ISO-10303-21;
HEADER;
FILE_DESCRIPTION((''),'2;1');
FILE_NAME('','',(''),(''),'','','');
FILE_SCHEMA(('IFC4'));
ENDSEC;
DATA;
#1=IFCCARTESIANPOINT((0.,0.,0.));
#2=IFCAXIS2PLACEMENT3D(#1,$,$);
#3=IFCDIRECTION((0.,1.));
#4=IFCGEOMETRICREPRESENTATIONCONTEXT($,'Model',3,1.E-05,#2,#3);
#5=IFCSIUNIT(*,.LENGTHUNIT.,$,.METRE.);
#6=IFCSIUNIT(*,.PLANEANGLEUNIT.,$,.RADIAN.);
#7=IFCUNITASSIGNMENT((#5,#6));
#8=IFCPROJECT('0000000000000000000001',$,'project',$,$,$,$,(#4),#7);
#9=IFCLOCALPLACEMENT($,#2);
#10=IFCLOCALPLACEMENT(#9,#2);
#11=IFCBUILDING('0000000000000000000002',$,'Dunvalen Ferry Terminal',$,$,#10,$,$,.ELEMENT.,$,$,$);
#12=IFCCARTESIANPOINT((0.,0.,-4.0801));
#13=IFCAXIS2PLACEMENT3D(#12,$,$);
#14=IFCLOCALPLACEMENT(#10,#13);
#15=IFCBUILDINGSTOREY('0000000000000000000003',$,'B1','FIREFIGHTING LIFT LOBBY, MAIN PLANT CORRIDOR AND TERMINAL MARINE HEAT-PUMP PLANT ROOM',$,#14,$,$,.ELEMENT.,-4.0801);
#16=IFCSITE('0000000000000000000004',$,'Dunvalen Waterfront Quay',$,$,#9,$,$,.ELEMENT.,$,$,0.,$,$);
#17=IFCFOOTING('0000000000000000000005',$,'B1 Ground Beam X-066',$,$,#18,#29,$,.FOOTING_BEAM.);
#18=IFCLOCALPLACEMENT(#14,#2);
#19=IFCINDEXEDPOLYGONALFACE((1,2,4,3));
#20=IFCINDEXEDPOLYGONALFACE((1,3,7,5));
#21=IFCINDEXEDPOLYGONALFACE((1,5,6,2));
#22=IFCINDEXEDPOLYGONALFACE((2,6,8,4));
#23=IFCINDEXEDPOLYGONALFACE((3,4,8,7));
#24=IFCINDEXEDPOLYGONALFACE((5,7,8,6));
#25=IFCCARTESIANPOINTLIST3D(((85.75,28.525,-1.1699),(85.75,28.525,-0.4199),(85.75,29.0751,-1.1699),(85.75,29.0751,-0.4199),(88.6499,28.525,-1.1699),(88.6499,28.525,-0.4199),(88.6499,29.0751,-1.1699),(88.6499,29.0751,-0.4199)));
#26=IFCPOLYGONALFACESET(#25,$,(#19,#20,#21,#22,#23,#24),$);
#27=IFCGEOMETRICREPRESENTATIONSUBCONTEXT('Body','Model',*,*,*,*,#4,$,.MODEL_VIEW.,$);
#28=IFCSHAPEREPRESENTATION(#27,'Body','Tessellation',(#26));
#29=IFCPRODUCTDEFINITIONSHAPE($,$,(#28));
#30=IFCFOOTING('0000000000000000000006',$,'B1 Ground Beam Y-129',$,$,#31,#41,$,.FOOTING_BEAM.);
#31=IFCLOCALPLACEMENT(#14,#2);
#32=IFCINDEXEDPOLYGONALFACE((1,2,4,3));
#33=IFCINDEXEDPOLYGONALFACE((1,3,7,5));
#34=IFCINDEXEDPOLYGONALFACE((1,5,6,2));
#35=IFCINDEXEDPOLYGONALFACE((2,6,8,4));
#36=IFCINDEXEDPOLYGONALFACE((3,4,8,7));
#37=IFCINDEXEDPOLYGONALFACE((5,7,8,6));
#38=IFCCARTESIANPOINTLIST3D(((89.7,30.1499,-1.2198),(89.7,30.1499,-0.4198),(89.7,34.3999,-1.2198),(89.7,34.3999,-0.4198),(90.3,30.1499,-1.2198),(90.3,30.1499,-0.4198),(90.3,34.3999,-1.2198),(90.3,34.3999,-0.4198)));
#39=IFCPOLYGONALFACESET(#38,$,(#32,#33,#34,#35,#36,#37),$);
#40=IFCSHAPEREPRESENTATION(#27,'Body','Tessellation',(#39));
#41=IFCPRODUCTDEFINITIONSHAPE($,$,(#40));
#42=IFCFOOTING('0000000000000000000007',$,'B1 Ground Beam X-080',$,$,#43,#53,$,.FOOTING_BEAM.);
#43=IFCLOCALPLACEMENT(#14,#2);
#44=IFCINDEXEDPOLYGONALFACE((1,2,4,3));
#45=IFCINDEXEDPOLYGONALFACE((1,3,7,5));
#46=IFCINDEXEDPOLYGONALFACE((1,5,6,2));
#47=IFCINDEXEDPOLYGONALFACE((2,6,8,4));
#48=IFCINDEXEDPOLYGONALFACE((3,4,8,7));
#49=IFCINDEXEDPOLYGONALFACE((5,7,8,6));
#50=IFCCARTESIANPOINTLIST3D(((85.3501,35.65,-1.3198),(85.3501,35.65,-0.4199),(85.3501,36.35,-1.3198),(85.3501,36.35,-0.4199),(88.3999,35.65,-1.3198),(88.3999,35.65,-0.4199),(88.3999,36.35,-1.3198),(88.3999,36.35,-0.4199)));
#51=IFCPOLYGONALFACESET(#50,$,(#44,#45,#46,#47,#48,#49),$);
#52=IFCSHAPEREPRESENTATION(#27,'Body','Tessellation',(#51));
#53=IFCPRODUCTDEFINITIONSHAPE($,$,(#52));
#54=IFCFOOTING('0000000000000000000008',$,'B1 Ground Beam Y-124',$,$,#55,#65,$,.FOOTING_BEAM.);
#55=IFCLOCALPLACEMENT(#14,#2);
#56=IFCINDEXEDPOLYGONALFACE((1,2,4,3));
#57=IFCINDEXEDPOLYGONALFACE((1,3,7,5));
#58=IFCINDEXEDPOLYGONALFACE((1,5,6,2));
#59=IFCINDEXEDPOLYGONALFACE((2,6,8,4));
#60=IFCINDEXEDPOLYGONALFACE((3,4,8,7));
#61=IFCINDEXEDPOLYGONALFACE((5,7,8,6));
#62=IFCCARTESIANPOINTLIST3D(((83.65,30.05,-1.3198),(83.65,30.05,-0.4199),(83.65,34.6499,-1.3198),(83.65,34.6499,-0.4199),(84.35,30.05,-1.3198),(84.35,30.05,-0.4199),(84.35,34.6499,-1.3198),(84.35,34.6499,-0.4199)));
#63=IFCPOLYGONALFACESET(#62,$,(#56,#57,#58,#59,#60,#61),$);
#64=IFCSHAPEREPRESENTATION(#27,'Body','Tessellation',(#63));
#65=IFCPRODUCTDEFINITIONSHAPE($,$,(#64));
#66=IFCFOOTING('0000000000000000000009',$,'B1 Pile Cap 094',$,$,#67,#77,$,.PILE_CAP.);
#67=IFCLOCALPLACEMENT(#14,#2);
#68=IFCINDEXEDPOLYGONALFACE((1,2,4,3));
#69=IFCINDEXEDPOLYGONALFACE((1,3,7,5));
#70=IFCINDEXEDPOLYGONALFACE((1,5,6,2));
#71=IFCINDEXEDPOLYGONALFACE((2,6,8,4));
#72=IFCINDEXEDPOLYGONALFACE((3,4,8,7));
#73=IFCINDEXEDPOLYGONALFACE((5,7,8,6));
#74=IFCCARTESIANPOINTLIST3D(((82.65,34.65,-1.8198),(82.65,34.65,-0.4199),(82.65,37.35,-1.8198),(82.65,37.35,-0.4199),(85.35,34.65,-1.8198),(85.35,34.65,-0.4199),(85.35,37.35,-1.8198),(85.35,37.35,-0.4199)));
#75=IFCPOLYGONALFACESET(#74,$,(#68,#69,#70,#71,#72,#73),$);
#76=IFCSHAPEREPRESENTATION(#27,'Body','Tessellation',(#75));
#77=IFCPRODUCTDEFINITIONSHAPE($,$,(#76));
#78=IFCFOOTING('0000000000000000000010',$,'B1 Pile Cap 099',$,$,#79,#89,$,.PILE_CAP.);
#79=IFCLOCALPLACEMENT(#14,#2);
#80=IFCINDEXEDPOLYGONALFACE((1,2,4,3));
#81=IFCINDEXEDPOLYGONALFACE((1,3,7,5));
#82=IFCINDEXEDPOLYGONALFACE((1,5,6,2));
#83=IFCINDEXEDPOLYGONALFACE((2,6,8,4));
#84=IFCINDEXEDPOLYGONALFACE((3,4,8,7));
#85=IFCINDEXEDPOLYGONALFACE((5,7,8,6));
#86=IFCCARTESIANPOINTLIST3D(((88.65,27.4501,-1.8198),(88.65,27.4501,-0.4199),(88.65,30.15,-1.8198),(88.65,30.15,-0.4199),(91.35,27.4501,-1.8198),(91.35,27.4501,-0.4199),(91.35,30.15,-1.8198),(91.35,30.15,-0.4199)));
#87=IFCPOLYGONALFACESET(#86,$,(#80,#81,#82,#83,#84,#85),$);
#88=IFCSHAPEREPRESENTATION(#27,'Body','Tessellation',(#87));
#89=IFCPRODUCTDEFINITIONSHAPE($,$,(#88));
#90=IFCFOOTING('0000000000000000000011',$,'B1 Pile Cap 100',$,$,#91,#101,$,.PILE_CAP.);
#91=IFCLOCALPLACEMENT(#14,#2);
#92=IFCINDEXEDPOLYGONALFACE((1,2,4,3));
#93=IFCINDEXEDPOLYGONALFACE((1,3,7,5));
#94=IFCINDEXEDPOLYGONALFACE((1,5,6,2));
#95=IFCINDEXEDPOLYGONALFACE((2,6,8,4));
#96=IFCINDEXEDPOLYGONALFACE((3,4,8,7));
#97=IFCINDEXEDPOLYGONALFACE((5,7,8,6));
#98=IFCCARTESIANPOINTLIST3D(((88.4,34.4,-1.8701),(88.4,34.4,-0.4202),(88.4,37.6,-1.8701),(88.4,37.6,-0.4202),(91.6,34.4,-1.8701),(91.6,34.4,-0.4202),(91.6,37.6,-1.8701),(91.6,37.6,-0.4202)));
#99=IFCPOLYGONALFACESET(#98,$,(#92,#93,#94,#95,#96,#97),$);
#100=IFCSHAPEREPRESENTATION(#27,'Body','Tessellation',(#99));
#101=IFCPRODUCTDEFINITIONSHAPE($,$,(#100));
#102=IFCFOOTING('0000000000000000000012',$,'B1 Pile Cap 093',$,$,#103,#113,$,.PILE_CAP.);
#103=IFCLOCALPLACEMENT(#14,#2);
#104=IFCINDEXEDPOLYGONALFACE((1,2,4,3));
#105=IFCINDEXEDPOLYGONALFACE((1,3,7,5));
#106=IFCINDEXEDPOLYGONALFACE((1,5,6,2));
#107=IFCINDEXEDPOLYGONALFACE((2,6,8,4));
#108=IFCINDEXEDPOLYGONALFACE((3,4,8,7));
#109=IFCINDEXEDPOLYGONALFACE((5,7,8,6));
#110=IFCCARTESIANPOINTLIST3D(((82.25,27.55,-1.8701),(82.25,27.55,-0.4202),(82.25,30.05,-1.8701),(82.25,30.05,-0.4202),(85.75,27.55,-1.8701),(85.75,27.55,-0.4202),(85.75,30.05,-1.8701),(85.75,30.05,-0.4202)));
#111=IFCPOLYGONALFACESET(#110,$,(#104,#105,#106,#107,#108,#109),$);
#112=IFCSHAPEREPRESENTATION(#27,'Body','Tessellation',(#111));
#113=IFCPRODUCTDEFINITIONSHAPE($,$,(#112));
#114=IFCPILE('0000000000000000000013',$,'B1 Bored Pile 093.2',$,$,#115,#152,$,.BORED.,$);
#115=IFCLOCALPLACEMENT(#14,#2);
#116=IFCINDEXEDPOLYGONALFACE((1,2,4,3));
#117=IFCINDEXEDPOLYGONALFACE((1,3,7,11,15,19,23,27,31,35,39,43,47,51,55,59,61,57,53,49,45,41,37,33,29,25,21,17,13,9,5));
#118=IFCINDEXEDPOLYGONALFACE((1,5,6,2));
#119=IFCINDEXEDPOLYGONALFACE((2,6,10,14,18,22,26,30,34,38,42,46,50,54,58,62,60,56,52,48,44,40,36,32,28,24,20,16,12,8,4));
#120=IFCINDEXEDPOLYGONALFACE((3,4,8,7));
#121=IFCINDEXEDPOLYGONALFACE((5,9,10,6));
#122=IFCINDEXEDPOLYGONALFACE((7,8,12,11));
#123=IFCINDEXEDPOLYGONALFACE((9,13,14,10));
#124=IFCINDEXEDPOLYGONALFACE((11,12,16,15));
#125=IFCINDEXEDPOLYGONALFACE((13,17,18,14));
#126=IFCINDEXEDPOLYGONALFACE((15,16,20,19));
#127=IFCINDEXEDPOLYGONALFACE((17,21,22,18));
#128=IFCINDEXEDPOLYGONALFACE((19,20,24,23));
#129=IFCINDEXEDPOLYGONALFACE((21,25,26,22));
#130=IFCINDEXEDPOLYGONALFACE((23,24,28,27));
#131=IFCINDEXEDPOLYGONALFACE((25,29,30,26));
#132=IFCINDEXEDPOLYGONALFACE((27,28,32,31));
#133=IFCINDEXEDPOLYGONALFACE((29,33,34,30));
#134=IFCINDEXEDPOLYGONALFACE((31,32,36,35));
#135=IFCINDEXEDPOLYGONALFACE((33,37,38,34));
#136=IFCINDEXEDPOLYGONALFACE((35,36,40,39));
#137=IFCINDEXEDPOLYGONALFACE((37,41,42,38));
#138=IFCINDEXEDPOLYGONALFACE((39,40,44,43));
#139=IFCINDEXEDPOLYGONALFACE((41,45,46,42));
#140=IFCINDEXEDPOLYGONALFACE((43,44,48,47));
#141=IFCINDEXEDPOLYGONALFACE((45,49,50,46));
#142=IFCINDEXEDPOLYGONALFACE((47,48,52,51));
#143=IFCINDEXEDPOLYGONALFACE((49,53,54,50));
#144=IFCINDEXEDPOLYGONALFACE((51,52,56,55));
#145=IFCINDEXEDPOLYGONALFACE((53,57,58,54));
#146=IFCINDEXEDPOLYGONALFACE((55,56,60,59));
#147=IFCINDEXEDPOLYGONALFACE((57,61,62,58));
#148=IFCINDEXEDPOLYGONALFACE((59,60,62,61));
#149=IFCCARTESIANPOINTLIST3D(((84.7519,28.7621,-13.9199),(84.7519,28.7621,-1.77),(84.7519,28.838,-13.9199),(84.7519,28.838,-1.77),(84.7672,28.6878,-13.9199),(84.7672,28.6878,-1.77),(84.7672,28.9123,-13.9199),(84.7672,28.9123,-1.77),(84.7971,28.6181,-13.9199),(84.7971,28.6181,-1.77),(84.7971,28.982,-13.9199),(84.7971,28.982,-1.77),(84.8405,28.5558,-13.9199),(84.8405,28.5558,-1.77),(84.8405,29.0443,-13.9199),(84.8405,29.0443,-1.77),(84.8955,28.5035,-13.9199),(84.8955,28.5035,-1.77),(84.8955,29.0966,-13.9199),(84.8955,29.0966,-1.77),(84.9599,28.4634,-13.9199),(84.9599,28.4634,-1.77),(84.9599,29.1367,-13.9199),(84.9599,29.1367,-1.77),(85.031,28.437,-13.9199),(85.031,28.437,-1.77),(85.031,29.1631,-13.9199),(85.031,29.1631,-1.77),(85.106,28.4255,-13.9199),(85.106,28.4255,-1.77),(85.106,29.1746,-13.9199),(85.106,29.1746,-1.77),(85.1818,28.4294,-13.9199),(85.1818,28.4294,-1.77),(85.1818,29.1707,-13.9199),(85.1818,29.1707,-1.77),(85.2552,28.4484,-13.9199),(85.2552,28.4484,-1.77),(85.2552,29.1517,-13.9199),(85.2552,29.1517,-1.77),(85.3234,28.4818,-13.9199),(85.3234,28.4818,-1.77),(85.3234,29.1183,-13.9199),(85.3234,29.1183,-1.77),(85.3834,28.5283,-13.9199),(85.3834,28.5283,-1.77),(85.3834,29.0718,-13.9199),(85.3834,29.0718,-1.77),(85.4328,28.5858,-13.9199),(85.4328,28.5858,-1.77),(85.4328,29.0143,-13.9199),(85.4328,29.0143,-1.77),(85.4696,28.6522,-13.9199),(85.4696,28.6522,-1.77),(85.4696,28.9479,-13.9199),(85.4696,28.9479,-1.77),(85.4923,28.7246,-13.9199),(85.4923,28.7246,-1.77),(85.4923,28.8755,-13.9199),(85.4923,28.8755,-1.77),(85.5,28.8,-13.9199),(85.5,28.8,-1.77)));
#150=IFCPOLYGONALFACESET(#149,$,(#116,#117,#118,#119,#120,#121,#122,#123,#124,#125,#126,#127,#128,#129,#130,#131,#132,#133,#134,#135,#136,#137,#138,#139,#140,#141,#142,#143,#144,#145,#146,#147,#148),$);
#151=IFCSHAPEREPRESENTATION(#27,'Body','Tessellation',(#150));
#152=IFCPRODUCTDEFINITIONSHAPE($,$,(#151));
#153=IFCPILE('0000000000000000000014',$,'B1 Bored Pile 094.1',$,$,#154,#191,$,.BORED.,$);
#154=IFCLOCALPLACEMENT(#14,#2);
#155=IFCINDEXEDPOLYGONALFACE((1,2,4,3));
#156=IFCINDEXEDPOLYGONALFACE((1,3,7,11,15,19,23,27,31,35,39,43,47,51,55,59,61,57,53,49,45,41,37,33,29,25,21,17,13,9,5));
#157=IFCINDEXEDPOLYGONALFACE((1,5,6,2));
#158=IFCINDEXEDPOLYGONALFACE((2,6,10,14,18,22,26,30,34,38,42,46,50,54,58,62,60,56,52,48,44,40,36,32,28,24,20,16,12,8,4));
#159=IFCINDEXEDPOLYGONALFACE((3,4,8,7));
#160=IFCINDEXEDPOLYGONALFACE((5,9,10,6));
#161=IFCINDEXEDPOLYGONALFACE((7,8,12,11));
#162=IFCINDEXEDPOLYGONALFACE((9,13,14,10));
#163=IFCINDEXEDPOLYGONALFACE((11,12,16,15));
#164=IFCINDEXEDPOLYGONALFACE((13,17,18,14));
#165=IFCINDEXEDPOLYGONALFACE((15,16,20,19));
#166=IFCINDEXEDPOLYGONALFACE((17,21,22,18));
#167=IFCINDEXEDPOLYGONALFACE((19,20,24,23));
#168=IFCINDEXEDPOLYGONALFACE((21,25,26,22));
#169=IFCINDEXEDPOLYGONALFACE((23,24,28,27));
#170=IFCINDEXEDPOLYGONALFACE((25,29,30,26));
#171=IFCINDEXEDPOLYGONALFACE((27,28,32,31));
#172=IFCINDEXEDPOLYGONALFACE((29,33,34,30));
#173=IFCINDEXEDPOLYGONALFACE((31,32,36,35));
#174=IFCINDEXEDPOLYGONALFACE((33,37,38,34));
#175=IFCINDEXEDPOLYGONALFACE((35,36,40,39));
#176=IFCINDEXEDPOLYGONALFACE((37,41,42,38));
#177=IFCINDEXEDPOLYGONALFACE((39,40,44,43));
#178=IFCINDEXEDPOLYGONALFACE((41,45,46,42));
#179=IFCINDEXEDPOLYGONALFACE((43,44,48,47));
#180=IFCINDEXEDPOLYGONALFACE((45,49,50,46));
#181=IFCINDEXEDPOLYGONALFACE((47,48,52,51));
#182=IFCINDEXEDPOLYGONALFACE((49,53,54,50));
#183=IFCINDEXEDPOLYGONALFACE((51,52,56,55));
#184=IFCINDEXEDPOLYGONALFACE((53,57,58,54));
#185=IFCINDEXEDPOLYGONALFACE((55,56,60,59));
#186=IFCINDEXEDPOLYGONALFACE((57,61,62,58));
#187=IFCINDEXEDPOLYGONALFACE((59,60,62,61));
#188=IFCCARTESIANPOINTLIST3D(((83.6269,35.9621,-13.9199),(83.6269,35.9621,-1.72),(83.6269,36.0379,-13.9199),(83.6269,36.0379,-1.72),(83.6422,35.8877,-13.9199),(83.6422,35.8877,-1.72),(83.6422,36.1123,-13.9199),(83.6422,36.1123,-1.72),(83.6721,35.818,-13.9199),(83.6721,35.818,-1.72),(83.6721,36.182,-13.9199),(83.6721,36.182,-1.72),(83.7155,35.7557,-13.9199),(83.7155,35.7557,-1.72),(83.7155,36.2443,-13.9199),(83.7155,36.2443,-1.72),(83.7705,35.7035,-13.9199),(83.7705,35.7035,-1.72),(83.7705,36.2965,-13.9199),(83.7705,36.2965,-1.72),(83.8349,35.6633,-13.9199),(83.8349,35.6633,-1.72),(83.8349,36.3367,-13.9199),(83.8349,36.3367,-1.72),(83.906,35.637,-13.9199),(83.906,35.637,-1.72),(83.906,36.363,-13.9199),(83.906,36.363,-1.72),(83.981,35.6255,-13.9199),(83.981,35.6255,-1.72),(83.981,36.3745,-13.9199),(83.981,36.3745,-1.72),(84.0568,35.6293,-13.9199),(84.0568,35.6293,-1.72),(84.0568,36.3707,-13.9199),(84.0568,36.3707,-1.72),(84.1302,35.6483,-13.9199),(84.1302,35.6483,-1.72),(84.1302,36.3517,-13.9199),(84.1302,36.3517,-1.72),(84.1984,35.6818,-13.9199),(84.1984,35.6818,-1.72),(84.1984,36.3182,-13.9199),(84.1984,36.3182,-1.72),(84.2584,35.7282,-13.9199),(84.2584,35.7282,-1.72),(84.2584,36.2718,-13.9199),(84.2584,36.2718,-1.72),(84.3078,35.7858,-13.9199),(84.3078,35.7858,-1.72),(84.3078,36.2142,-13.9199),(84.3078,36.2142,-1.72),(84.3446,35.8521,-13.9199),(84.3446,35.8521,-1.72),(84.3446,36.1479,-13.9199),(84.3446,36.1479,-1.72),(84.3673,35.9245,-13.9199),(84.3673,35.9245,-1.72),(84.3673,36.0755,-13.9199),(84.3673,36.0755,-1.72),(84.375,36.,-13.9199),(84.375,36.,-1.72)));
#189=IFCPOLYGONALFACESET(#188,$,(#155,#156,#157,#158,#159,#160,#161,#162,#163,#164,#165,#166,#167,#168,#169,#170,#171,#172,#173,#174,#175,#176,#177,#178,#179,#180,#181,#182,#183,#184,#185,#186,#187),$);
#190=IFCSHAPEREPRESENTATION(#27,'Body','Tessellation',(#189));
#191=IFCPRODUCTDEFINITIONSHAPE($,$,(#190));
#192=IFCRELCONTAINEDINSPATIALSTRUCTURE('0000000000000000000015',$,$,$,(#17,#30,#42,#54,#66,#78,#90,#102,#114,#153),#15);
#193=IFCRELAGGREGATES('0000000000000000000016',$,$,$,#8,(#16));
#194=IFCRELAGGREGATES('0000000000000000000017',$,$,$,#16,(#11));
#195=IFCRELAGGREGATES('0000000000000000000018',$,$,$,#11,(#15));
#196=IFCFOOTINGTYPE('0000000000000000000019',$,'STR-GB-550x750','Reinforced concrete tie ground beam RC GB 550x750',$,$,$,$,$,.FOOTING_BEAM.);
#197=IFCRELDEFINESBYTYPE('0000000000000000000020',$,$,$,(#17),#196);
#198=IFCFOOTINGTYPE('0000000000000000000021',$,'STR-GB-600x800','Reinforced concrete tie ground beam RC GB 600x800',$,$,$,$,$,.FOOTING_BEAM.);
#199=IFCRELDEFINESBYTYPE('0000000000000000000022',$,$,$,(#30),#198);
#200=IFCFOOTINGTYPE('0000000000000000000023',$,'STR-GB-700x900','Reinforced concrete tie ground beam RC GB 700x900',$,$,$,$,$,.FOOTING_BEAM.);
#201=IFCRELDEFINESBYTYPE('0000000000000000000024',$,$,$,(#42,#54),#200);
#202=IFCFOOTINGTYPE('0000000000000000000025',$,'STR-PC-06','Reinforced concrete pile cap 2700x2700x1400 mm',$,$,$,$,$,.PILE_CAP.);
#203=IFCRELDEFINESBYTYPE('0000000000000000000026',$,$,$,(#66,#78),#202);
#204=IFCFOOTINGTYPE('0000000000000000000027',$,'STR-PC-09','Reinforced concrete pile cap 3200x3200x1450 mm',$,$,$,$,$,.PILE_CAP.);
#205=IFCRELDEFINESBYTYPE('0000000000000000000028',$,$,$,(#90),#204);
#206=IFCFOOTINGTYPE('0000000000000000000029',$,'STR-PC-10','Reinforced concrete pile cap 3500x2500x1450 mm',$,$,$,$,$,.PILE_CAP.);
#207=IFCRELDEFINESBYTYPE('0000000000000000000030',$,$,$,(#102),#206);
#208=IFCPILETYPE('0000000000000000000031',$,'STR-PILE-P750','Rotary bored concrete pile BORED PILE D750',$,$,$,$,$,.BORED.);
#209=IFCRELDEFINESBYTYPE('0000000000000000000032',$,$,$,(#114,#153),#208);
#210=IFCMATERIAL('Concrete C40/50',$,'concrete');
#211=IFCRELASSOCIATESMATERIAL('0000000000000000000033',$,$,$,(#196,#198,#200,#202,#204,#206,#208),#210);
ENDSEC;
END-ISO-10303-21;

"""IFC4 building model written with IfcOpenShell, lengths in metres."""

from ifc_helpers import new_model, si_unit, direction, frame, origin, origin_2d, place, context, subcontext, project, spatial, rectangle, circle, extrude, material, material_profile, profile_set, type_object, element, save


model = new_model("IFC4")

# Units and contexts
model_context = context("Model", 3, precision=1e-05, world=origin(), true_north=direction((0.0, 1.0)))
body_context = subcontext(model_context, "Body", "Model", "MODEL_VIEW")
ifc_project = project(units=[si_unit("LENGTHUNIT", "METRE"), si_unit("PLANEANGLEUNIT", "RADIAN")], contexts=[model_context])

# Site, building, storey
site_placement = place(None, origin())
site = spatial("IfcSite", under=ifc_project, at=site_placement, Name="Dunvalen Waterfront Quay", CompositionType="ELEMENT", RefElevation=0.0)
building_placement = place(site_placement, origin())
building = spatial("IfcBuilding", under=site, at=building_placement, Name="Dunvalen Ferry Terminal", CompositionType="ELEMENT")
storey_placement = place(building_placement, frame((0.0, 0.0, -4.0801)))
storey = spatial("IfcBuildingStorey", under=building, at=storey_placement, Name="B1", Description="FIREFIGHTING LIFT LOBBY, MAIN PLANT CORRIDOR AND TERMINAL MARINE HEAT-PUMP PLANT ROOM", CompositionType="ELEMENT", Elevation=-4.0801)

# Footings
ifc_material_1 = material(Name="Concrete C40/50", Category="concrete")
ifc_material_profile_1 = material_profile(ifc_material_1, rectangle(XDim=0.55, YDim=0.75, at=origin_2d()), Name="Concrete C40/50")
ifc_profile_set_1 = profile_set([ifc_material_profile_1], Name="Concrete C40/50")
footing_type_1 = type_object("IfcFootingType", Name="STR-GB-550x750", Description="Reinforced concrete tie ground beam RC GB 550x750", PredefinedType="FOOTING_BEAM", material=ifc_profile_set_1)
footing_1_placement = place(storey_placement, frame((85.75, 28.8, -0.7949), z_axis=(1.0, 0.0, 0.0), x_axis=(0.0, 1.0, 0.0)))
element("IfcFooting", 1, at=footing_1_placement, inside=storey, type_object=footing_type_1, Name="B1 Ground Beam X-066", PredefinedType="FOOTING_BEAM", context=body_context, shape_type="SweptSolid", body=[
    extrude(rectangle(XDim=0.55, YDim=0.75, at=origin_2d()), origin(), (0.0, 0.0, 1.0), 2.8999),
])
ifc_material_profile_2 = material_profile(ifc_material_1, rectangle(XDim=0.6001, YDim=0.8, at=origin_2d()), Name="Concrete C40/50")
ifc_profile_set_2 = profile_set([ifc_material_profile_2], Name="Concrete C40/50")
footing_type_2 = type_object("IfcFootingType", Name="STR-GB-600x800", Description="Reinforced concrete tie ground beam RC GB 600x800", PredefinedType="FOOTING_BEAM", material=ifc_profile_set_2)
footing_2_placement = place(storey_placement, frame((90.0, 30.1499, -0.8198), z_axis=(0.0, 1.0, 0.0), x_axis=(-1.0, 0.0, 0.0)))
element("IfcFooting", 2, at=footing_2_placement, inside=storey, type_object=footing_type_2, Name="B1 Ground Beam Y-129", PredefinedType="FOOTING_BEAM", context=body_context, shape_type="SweptSolid", body=[
    extrude(rectangle(XDim=0.6001, YDim=0.8, at=origin_2d()), origin(), (0.0, 0.0, 1.0), 4.25),
])
ifc_material_profile_3 = material_profile(ifc_material_1, rectangle(XDim=0.7, YDim=0.8999, at=origin_2d()), Name="Concrete C40/50")
ifc_profile_set_3 = profile_set([ifc_material_profile_3], Name="Concrete C40/50")
footing_type_3 = type_object("IfcFootingType", Name="STR-GB-700x900", Description="Reinforced concrete tie ground beam RC GB 700x900", PredefinedType="FOOTING_BEAM", material=ifc_profile_set_3)
footing_3_placement = place(storey_placement, frame((85.3501, 36.0, -0.8699), z_axis=(1.0, 0.0, 0.0), x_axis=(0.0, 1.0, 0.0)))
element("IfcFooting", 3, at=footing_3_placement, inside=storey, type_object=footing_type_3, Name="B1 Ground Beam X-080", PredefinedType="FOOTING_BEAM", context=body_context, shape_type="SweptSolid", body=[
    extrude(rectangle(XDim=0.7, YDim=0.8999, at=origin_2d()), origin(), (0.0, 0.0, 1.0), 3.0498),
])
footing_4_placement = place(storey_placement, frame((84.0, 30.05, -0.8699), z_axis=(0.0, 1.0, 0.0), x_axis=(-1.0, 0.0, 0.0)))
element("IfcFooting", 4, at=footing_4_placement, inside=storey, type_object=footing_type_3, Name="B1 Ground Beam Y-124", PredefinedType="FOOTING_BEAM", context=body_context, shape_type="SweptSolid", body=[
    extrude(rectangle(XDim=0.7, YDim=0.8999, at=origin_2d()), origin(), (0.0, 0.0, 1.0), 4.5999),
])
footing_type_4 = type_object("IfcFootingType", Name="STR-PC-06", Description="Reinforced concrete pile cap 2700x2700x1400 mm", PredefinedType="PILE_CAP", material=ifc_material_1)
for number, where, z_axis, x_axis, name in (
    (5, (84.0, 36.0, -1.8198), (0.0, 0.0, 1.0), (1.0, 0.0, 0.0), "B1 Pile Cap 094"),
    (6, (90.0, 28.8, -1.8198), (0.0, 0.0, 1.0), (1.0, 0.0, 0.0), "B1 Pile Cap 099"),
):
    element("IfcFooting", number, at=place(storey_placement, frame(where, z_axis=z_axis, x_axis=x_axis)), inside=storey, type_object=footing_type_4, Name=name, PredefinedType="PILE_CAP", context=body_context, shape_type="SweptSolid", body=[
        extrude(rectangle(XDim=2.7, YDim=2.7, at=origin_2d()), origin(), (0.0, 0.0, 1.0), 1.3999),
    ])
footing_type_5 = type_object("IfcFootingType", Name="STR-PC-09", Description="Reinforced concrete pile cap 3200x3200x1450 mm", PredefinedType="PILE_CAP", material=ifc_material_1)
footing_5_placement = place(storey_placement, frame((90.0, 36.0, -1.8701), z_axis=(0.0, 0.0, 1.0), x_axis=(1.0, 0.0, 0.0)))
element("IfcFooting", 7, at=footing_5_placement, inside=storey, type_object=footing_type_5, Name="B1 Pile Cap 100", PredefinedType="PILE_CAP", context=body_context, shape_type="SweptSolid", body=[
    extrude(rectangle(XDim=3.2, YDim=3.2, at=origin_2d()), origin(), (0.0, 0.0, 1.0), 1.45),
])
footing_type_6 = type_object("IfcFootingType", Name="STR-PC-10", Description="Reinforced concrete pile cap 3500x2500x1450 mm", PredefinedType="PILE_CAP", material=ifc_material_1)
footing_6_placement = place(storey_placement, frame((84.0, 28.8, -1.8701), z_axis=(0.0, 0.0, 1.0), x_axis=(1.0, 0.0, 0.0)))
element("IfcFooting", 8, at=footing_6_placement, inside=storey, type_object=footing_type_6, Name="B1 Pile Cap 093", PredefinedType="PILE_CAP", context=body_context, shape_type="SweptSolid", body=[
    extrude(rectangle(XDim=3.5, YDim=2.5, at=origin_2d()), origin(), (0.0, 0.0, 1.0), 1.45),
])

# Piles
ifc_material_profile_4 = material_profile(ifc_material_1, circle(Radius=0.375, at=origin_2d()), Name="Concrete C40/50")
ifc_profile_set_4 = profile_set([ifc_material_profile_4], Name="Concrete C40/50")
pile_type = type_object("IfcPileType", Name="STR-PILE-P750", Description="Rotary bored concrete pile BORED PILE D750", PredefinedType="BORED", material=ifc_profile_set_4)
pile_placement = place(storey_placement, frame((85.125, 28.8, -1.77), z_axis=(0.0, 0.0, -1.0), x_axis=(1.0, 0.0, 0.0)))
element("IfcPile", 9, at=pile_placement, inside=storey, type_object=pile_type, Name="B1 Bored Pile 093.2", PredefinedType="BORED", context=body_context, shape_type="SweptSolid", body=[
    extrude(circle(Radius=0.375, at=origin_2d()), origin(), (0.0, 0.0, 1.0), 12.1499),
])
for number, where, z_axis, x_axis, name in (
    (10, (84.0, 36.0, -1.72), (0.0, 0.0, -1.0), (1.0, 0.0, 0.0), "B1 Bored Pile 094.1"),
):
    element("IfcPile", number, at=place(storey_placement, frame(where, z_axis=z_axis, x_axis=x_axis)), inside=storey, type_object=pile_type, Name=name, PredefinedType="BORED", context=body_context, shape_type="SweptSolid", body=[
        extrude(circle(Radius=0.375, at=origin_2d()), origin(), (0.0, 0.0, 1.0), 12.2),
    ])

save(model, "model.ifc")
